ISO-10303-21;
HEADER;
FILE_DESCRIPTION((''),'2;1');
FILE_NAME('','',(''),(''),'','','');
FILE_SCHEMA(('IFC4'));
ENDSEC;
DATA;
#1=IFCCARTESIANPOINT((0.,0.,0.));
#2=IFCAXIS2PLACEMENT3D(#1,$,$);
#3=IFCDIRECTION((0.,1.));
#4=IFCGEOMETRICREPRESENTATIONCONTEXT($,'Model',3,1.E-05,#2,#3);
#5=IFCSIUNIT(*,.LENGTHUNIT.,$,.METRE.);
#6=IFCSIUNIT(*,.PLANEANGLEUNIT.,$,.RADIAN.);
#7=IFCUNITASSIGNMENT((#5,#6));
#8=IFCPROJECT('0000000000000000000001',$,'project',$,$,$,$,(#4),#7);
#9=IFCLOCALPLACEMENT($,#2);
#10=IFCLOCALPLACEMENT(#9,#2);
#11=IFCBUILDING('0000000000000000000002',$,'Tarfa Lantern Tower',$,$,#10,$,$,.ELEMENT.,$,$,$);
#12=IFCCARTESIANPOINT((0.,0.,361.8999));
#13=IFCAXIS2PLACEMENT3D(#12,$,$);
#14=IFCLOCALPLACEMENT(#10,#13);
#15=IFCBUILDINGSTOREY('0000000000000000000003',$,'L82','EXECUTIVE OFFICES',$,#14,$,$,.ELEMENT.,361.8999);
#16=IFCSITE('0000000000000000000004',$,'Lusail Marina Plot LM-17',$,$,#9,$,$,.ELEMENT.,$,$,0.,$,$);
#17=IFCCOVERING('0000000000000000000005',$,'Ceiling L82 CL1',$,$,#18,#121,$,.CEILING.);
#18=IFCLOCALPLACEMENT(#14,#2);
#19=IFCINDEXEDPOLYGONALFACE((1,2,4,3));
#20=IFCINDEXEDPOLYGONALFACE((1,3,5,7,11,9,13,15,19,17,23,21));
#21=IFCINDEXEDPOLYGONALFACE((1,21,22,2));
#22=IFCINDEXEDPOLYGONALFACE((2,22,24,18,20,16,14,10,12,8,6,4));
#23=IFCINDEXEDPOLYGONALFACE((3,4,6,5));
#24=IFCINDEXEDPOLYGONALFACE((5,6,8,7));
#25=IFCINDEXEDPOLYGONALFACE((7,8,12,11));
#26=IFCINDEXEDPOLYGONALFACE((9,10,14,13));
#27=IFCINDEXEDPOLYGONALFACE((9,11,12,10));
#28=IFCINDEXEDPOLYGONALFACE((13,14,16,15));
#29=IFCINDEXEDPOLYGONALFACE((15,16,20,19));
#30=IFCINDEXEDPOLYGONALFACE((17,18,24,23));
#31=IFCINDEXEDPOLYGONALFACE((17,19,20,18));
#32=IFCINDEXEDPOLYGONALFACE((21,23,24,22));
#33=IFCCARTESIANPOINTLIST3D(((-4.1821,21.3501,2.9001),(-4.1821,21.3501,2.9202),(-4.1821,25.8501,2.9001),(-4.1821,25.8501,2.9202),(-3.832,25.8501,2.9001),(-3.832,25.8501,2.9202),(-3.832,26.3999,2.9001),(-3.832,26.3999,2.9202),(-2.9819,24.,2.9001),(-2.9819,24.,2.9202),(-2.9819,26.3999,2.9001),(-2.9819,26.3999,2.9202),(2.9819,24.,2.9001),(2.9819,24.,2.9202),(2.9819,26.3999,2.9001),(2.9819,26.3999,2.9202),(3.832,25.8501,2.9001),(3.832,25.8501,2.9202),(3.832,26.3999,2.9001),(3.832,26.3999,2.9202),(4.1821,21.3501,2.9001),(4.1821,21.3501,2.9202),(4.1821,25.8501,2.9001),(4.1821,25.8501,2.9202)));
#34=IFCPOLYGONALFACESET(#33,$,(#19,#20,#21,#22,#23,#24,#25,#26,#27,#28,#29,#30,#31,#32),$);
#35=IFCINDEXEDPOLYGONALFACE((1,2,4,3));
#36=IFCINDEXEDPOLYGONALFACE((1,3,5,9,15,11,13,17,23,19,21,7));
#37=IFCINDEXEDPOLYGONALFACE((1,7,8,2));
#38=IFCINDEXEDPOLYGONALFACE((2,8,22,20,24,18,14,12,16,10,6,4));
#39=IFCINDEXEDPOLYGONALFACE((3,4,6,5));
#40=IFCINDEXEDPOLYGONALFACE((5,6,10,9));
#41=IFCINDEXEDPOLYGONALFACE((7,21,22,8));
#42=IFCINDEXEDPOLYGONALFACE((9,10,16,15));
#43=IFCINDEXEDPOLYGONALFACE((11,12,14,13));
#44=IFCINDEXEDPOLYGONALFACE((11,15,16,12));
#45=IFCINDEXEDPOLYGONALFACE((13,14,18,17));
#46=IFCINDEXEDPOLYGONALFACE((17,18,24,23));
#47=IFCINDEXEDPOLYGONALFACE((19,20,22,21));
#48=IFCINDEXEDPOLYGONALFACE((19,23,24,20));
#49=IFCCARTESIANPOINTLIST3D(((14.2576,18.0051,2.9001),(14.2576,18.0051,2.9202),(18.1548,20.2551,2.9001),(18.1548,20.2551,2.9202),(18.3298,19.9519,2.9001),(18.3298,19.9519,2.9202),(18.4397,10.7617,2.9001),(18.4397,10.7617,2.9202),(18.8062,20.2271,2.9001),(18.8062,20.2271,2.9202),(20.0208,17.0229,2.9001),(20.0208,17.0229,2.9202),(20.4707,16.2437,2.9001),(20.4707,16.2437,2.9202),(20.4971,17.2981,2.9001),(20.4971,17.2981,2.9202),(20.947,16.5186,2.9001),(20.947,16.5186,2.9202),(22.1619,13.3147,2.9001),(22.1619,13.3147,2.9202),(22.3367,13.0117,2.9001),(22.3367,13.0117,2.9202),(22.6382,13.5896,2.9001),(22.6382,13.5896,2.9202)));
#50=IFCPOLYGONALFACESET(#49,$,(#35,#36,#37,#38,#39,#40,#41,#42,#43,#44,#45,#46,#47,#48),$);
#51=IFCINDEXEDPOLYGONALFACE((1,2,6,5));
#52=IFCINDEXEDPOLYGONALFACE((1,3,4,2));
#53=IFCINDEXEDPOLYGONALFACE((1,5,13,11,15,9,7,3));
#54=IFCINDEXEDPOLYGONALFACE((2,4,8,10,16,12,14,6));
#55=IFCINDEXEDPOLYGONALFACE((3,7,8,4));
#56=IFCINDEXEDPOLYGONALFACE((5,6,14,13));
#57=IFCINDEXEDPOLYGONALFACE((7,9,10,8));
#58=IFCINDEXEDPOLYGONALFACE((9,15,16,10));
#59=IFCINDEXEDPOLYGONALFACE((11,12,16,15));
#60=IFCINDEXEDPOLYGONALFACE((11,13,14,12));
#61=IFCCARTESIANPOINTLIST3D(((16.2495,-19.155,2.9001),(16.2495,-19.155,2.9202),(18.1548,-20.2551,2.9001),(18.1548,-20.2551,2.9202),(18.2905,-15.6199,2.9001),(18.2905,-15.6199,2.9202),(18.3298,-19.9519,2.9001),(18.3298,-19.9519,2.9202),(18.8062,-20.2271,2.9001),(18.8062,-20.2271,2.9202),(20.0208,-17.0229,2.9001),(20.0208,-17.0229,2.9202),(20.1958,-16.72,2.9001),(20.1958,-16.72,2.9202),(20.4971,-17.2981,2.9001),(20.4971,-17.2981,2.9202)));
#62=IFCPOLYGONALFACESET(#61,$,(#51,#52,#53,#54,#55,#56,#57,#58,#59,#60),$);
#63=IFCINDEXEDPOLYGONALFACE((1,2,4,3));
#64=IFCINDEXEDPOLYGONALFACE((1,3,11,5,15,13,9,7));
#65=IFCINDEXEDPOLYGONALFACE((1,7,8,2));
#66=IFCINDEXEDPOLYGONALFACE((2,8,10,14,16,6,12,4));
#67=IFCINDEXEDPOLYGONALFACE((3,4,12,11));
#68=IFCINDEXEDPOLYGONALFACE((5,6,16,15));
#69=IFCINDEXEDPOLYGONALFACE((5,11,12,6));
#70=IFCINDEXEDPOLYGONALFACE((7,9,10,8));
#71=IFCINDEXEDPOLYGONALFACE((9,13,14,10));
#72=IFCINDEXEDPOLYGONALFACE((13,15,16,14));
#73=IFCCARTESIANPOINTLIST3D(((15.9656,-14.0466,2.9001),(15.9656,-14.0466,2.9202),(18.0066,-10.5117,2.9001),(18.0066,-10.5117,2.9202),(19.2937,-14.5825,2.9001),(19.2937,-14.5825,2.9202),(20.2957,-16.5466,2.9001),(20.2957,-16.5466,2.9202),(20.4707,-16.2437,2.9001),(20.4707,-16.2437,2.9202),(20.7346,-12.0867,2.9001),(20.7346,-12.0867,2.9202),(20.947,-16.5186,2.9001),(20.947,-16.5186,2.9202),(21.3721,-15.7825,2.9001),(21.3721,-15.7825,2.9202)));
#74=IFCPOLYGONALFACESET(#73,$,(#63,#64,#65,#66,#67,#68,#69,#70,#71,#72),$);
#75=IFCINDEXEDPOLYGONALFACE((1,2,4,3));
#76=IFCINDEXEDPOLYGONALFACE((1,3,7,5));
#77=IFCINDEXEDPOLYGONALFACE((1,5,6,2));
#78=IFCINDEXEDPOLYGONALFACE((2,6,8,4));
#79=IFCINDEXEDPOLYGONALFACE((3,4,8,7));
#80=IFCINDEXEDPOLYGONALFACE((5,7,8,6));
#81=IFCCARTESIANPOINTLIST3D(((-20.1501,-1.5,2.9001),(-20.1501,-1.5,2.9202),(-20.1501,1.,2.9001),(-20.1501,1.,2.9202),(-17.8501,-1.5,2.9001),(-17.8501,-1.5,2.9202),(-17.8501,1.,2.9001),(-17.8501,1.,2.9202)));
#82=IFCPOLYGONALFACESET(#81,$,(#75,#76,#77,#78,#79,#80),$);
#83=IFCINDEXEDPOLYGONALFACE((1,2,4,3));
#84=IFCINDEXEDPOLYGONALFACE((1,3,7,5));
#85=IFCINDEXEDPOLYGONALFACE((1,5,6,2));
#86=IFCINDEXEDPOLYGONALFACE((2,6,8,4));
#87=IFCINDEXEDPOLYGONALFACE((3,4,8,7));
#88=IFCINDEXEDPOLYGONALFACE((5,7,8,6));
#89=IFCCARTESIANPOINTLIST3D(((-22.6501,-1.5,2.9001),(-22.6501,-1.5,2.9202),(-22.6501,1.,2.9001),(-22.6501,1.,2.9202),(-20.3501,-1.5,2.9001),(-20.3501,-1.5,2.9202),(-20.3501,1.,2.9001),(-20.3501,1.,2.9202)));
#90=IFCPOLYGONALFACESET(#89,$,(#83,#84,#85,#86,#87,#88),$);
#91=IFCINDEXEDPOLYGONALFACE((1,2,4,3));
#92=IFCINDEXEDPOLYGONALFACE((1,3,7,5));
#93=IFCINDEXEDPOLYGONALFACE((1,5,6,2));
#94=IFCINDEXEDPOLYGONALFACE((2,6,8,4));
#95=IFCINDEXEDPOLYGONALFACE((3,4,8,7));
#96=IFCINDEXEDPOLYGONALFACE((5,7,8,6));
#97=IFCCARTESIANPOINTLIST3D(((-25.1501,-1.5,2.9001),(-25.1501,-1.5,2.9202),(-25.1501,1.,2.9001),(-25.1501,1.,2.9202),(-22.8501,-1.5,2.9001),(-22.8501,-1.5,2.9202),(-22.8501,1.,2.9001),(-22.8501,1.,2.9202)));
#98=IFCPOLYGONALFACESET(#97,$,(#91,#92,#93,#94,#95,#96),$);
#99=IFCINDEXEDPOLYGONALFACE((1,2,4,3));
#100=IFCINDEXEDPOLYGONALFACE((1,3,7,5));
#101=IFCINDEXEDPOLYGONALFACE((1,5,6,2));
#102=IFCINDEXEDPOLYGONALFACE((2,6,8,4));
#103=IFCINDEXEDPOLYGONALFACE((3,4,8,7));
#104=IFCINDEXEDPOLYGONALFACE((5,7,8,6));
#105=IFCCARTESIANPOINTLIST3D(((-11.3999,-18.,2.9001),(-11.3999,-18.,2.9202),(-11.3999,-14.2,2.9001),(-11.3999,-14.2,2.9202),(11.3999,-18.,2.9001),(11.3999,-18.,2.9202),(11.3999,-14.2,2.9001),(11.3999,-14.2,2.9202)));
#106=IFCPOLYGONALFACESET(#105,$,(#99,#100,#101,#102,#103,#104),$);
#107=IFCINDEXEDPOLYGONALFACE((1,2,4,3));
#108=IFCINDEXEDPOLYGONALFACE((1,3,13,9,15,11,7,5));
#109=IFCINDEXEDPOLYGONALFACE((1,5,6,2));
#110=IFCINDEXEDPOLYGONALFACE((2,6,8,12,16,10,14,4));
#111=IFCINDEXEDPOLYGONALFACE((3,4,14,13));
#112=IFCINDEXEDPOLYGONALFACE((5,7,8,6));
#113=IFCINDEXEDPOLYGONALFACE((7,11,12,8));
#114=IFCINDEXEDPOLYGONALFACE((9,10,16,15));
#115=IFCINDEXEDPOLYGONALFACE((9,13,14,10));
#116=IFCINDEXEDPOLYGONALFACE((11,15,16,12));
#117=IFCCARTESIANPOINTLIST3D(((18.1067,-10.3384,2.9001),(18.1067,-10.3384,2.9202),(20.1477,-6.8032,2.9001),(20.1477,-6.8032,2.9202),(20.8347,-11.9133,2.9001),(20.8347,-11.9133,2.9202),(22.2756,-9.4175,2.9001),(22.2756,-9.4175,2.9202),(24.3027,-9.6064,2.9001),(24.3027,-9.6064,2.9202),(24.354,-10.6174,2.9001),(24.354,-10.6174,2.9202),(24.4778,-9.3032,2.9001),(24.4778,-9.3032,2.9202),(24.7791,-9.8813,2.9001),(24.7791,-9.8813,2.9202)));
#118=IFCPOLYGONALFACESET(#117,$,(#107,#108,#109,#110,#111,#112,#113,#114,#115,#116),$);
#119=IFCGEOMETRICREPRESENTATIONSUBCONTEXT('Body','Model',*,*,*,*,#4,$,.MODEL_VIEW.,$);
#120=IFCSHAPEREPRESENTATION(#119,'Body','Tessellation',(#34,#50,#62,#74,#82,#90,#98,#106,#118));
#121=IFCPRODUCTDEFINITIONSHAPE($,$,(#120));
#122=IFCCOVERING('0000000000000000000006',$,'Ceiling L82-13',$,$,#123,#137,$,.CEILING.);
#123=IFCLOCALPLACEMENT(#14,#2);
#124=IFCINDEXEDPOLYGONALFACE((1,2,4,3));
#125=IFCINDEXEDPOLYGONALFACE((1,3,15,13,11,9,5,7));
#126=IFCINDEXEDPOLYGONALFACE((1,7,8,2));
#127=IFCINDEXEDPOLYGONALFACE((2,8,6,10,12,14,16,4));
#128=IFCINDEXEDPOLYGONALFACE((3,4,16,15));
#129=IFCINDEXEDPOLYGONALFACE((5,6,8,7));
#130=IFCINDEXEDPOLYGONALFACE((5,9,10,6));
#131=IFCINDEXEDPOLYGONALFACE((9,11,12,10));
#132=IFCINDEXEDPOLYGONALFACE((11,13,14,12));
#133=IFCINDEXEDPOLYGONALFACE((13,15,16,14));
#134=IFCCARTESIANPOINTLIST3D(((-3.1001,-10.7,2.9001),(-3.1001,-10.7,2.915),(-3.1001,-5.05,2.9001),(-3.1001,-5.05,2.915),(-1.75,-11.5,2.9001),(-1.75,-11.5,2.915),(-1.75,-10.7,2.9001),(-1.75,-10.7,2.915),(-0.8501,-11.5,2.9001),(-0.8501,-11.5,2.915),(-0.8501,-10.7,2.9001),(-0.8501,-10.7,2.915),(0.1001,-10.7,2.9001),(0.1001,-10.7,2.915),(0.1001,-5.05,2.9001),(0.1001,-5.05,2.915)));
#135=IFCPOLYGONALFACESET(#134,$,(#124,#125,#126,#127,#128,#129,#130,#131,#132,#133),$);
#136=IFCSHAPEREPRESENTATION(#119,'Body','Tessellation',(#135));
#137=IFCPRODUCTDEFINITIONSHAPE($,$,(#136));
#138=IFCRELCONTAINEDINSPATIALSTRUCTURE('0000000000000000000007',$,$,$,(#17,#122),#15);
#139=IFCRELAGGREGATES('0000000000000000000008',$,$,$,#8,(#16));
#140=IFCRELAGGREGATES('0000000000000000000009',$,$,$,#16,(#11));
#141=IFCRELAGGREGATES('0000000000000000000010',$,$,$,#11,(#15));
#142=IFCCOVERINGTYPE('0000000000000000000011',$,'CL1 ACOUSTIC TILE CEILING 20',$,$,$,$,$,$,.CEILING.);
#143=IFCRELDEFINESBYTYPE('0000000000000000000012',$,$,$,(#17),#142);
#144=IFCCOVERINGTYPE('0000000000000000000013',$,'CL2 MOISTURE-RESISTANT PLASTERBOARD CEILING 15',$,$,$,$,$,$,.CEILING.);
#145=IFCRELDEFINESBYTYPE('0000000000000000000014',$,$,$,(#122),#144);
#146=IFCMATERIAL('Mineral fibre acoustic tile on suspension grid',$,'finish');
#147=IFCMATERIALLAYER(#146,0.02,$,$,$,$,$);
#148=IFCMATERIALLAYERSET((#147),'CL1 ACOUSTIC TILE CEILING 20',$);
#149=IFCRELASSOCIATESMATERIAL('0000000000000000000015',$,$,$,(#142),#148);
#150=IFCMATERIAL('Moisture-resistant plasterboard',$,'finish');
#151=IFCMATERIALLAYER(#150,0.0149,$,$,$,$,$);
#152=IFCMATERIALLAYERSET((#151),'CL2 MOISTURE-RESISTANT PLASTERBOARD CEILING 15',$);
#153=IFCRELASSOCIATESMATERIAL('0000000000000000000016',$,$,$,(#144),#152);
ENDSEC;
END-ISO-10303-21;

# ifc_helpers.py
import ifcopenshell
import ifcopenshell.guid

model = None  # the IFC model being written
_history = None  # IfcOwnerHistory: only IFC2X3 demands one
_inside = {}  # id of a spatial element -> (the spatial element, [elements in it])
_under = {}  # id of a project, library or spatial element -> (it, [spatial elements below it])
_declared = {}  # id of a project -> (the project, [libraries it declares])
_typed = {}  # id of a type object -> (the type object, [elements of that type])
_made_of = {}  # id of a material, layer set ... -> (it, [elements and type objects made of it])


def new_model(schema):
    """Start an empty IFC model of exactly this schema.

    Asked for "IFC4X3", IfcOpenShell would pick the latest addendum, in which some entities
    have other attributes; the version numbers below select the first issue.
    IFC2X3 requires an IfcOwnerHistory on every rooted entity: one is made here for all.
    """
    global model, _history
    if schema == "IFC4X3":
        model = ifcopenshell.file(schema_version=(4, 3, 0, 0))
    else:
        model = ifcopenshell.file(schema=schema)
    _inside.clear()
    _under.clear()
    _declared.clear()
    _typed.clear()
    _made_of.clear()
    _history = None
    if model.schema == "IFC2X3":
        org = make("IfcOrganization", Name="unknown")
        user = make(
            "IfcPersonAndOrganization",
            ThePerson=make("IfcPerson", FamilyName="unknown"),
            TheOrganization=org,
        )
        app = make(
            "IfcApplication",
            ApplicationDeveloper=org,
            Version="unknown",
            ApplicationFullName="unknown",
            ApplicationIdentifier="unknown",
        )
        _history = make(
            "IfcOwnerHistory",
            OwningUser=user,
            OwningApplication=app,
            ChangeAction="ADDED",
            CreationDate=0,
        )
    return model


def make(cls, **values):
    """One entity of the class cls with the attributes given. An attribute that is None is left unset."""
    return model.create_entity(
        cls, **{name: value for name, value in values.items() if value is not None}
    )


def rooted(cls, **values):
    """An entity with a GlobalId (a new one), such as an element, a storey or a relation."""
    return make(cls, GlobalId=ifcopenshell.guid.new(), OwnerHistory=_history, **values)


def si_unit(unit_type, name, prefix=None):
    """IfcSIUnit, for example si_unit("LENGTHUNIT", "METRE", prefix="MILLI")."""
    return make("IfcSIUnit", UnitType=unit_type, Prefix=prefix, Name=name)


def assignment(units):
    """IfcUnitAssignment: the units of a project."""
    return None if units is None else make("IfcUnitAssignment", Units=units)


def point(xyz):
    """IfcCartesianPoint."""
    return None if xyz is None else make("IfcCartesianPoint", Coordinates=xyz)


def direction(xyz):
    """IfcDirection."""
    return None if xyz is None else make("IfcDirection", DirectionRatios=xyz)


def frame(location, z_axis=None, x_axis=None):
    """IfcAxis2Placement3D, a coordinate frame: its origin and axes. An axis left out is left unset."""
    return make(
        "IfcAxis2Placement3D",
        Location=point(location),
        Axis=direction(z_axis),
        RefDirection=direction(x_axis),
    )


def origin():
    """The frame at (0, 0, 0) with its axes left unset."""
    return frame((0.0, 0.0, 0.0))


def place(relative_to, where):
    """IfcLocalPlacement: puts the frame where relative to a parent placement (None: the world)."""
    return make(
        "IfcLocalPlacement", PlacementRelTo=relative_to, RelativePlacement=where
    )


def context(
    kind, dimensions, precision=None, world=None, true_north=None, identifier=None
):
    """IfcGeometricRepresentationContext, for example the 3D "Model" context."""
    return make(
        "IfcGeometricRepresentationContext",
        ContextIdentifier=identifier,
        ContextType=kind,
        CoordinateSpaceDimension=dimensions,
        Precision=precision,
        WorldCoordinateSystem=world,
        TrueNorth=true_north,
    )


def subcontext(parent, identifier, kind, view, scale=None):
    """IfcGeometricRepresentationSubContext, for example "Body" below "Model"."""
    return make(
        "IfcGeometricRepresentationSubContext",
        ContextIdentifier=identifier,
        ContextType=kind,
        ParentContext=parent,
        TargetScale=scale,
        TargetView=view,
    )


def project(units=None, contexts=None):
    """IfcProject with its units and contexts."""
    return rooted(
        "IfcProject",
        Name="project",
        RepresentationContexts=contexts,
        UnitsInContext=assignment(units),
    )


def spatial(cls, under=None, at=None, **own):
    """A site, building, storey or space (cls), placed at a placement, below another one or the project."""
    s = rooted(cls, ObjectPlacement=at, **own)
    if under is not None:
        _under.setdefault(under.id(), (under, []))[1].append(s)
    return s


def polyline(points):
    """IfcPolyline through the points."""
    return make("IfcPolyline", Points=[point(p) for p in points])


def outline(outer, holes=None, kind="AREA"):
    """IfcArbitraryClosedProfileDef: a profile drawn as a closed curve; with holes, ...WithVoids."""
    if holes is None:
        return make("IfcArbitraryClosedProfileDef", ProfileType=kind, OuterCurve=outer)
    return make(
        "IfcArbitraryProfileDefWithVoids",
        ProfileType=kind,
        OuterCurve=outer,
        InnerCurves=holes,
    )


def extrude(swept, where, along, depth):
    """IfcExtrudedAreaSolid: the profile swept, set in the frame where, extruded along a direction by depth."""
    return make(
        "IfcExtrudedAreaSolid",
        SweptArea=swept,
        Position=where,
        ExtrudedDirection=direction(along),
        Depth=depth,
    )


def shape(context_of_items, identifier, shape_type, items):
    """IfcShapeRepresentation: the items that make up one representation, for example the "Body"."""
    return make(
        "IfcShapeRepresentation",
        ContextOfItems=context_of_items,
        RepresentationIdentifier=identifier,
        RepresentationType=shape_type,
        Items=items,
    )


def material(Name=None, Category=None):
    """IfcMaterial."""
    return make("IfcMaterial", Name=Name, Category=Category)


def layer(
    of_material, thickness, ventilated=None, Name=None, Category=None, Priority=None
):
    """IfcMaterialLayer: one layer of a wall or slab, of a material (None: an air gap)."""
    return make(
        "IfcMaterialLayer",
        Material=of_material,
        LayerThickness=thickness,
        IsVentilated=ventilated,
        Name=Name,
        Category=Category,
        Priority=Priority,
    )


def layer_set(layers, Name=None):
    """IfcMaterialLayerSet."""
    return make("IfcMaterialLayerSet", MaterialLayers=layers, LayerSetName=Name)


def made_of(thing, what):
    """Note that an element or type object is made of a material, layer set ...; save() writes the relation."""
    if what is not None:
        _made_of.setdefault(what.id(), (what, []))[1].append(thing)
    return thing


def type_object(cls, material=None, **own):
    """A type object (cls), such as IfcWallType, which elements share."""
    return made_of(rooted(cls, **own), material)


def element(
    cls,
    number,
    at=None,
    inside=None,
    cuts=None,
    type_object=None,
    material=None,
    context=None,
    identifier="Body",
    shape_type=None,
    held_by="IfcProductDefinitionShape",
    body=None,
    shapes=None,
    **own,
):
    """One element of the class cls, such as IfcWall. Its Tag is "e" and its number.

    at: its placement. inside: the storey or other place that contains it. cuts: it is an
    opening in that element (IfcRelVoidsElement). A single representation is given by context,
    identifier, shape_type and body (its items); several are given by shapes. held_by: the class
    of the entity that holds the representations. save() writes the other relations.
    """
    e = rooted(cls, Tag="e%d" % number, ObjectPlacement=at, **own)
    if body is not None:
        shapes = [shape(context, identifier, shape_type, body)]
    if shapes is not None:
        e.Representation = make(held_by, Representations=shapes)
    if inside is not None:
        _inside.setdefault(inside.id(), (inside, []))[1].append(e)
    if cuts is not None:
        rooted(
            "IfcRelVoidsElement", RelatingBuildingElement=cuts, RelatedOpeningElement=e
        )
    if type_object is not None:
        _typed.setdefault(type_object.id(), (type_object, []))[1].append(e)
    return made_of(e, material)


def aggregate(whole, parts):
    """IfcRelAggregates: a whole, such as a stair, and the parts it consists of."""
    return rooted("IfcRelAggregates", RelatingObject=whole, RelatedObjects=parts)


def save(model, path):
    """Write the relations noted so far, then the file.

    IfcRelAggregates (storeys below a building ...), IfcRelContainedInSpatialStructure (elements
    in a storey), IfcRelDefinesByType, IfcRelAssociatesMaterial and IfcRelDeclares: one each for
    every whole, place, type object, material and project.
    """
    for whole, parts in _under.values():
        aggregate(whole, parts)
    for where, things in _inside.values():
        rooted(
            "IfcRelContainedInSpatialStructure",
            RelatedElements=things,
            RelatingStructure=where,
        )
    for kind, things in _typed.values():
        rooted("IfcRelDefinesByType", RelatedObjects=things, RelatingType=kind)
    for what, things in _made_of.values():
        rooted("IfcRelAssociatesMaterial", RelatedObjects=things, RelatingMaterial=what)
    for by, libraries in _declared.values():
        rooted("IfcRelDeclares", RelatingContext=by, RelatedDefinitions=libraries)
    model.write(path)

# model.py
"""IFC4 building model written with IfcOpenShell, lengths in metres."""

from ifc_helpers import new_model, si_unit, direction, frame, origin, place, context, subcontext, project, spatial, polyline, outline, extrude, material, layer, layer_set, type_object, element, save


model = new_model("IFC4")

# Units and contexts
model_context = context("Model", 3, precision=1e-05, world=origin(), true_north=direction((0.0, 1.0)))
body_context = subcontext(model_context, "Body", "Model", "MODEL_VIEW")
ifc_project = project(units=[si_unit("LENGTHUNIT", "METRE"), si_unit("PLANEANGLEUNIT", "RADIAN")], contexts=[model_context])

# Site, building, storey
site_placement = place(None, origin())
site = spatial("IfcSite", under=ifc_project, at=site_placement, Name="Lusail Marina Plot LM-17", CompositionType="ELEMENT", RefElevation=0.0)
building_placement = place(site_placement, origin())
building = spatial("IfcBuilding", under=site, at=building_placement, Name="Tarfa Lantern Tower", CompositionType="ELEMENT")
storey_placement = place(building_placement, frame((0.0, 0.0, 361.8999)))
storey = spatial("IfcBuildingStorey", under=building, at=storey_placement, Name="L82", Description="EXECUTIVE OFFICES", CompositionType="ELEMENT", Elevation=361.8999)

# Coverings
ifc_material_1 = material(Name="Mineral fibre acoustic tile on suspension grid", Category="finish")
ifc_layer_1 = layer(ifc_material_1, 0.02)
ifc_layer_set_1 = layer_set([ifc_layer_1], Name="CL1 ACOUSTIC TILE CEILING 20")
covering_type_1 = type_object("IfcCoveringType", Name="CL1 ACOUSTIC TILE CEILING 20", PredefinedType="CEILING", material=ifc_layer_set_1)
covering_1_placement = place(storey_placement, frame((0.0, 0.0, 2.9001)))
element("IfcCovering", 1, at=covering_1_placement, inside=storey, type_object=covering_type_1, Name="Ceiling L82 CL1", PredefinedType="CEILING", context=body_context, shape_type="SweptSolid", body=[
    extrude(outline(polyline([(4.1821, 21.3501), (-4.1821, 21.3501), (-4.1821, 25.8501), (-3.832, 25.8501), (-3.832, 26.3999), (-2.9819, 26.3999), (-2.9819, 24.0), (2.9819, 24.0), (2.9819, 26.3999), (3.832, 26.3999), (3.832, 25.8501), (4.1821, 25.8501), (4.1821, 21.3501)])), origin(), (0.0, 0.0, 1.0), 0.02),
    extrude(outline(polyline([(14.2576, 18.0051), (18.1548, 20.2551), (18.3298, 19.9519), (18.8062, 20.2271), (20.4971, 17.2981), (20.0208, 17.0229), (20.4707, 16.2437), (20.947, 16.5186), (22.6382, 13.5896), (22.1619, 13.3147), (22.3367, 13.0117), (18.4397, 10.7617), (14.2576, 18.0051)])), origin(), (0.0, 0.0, 1.0), 0.02),
    extrude(outline(polyline([(16.2495, -19.155), (18.2905, -15.6199), (20.1958, -16.72), (20.0208, -17.0229), (20.4971, -17.2981), (18.8062, -20.2271), (18.3298, -19.9519), (18.1548, -20.2551), (16.2495, -19.155)])), origin(), (0.0, 0.0, 1.0), 0.02),
    extrude(outline(polyline([(18.0066, -10.5117), (20.7346, -12.0867), (19.2937, -14.5825), (21.3721, -15.7825), (20.947, -16.5186), (20.4707, -16.2437), (20.2957, -16.5466), (15.9656, -14.0466), (18.0066, -10.5117)])), origin(), (0.0, 0.0, 1.0), 0.02),
    extrude(outline(polyline([(-20.1501, 1.0), (-17.8501, 1.0), (-17.8501, -1.5), (-20.1501, -1.5), (-20.1501, 1.0)])), origin(), (0.0, 0.0, 1.0), 0.02),
    extrude(outline(polyline([(-22.6501, 1.0), (-20.3501, 1.0), (-20.3501, -1.5), (-22.6501, -1.5), (-22.6501, 1.0)])), origin(), (0.0, 0.0, 1.0), 0.02),
    extrude(outline(polyline([(-25.1501, 1.0), (-22.8501, 1.0), (-22.8501, -1.5), (-25.1501, -1.5), (-25.1501, 1.0)])), origin(), (0.0, 0.0, 1.0), 0.02),
    extrude(outline(polyline([(-11.3999, -14.2), (11.3999, -14.2), (11.3999, -18.0), (-11.3999, -18.0), (-11.3999, -14.2)])), origin(), (0.0, 0.0, 1.0), 0.02),
    extrude(outline(polyline([(20.1477, -6.8032), (24.4778, -9.3032), (24.3027, -9.6064), (24.7791, -9.8813), (24.354, -10.6174), (22.2756, -9.4175), (20.8347, -11.9133), (18.1067, -10.3384), (20.1477, -6.8032)])), origin(), (0.0, 0.0, 1.0), 0.02),
])
ifc_material_2 = material(Name="Moisture-resistant plasterboard", Category="finish")
ifc_layer_2 = layer(ifc_material_2, 0.0149)
ifc_layer_set_2 = layer_set([ifc_layer_2], Name="CL2 MOISTURE-RESISTANT PLASTERBOARD CEILING 15")
covering_type_2 = type_object("IfcCoveringType", Name="CL2 MOISTURE-RESISTANT PLASTERBOARD CEILING 15", PredefinedType="CEILING", material=ifc_layer_set_2)
covering_2_placement = place(storey_placement, frame((0.0, 0.0, 2.9001)))
element("IfcCovering", 2, at=covering_2_placement, inside=storey, type_object=covering_type_2, Name="Ceiling L82-13", PredefinedType="CEILING", context=body_context, shape_type="SweptSolid", body=[
    extrude(outline(polyline([(-0.8501, -10.7), (0.1001, -10.7), (0.1001, -5.05), (-3.1001, -5.05), (-3.1001, -10.7), (-1.75, -10.7), (-1.75, -11.5), (-0.8501, -11.5), (-0.8501, -10.7)])), origin(), (0.0, 0.0, 1.0), 0.0149),
])

save(model, "model.ifc")
